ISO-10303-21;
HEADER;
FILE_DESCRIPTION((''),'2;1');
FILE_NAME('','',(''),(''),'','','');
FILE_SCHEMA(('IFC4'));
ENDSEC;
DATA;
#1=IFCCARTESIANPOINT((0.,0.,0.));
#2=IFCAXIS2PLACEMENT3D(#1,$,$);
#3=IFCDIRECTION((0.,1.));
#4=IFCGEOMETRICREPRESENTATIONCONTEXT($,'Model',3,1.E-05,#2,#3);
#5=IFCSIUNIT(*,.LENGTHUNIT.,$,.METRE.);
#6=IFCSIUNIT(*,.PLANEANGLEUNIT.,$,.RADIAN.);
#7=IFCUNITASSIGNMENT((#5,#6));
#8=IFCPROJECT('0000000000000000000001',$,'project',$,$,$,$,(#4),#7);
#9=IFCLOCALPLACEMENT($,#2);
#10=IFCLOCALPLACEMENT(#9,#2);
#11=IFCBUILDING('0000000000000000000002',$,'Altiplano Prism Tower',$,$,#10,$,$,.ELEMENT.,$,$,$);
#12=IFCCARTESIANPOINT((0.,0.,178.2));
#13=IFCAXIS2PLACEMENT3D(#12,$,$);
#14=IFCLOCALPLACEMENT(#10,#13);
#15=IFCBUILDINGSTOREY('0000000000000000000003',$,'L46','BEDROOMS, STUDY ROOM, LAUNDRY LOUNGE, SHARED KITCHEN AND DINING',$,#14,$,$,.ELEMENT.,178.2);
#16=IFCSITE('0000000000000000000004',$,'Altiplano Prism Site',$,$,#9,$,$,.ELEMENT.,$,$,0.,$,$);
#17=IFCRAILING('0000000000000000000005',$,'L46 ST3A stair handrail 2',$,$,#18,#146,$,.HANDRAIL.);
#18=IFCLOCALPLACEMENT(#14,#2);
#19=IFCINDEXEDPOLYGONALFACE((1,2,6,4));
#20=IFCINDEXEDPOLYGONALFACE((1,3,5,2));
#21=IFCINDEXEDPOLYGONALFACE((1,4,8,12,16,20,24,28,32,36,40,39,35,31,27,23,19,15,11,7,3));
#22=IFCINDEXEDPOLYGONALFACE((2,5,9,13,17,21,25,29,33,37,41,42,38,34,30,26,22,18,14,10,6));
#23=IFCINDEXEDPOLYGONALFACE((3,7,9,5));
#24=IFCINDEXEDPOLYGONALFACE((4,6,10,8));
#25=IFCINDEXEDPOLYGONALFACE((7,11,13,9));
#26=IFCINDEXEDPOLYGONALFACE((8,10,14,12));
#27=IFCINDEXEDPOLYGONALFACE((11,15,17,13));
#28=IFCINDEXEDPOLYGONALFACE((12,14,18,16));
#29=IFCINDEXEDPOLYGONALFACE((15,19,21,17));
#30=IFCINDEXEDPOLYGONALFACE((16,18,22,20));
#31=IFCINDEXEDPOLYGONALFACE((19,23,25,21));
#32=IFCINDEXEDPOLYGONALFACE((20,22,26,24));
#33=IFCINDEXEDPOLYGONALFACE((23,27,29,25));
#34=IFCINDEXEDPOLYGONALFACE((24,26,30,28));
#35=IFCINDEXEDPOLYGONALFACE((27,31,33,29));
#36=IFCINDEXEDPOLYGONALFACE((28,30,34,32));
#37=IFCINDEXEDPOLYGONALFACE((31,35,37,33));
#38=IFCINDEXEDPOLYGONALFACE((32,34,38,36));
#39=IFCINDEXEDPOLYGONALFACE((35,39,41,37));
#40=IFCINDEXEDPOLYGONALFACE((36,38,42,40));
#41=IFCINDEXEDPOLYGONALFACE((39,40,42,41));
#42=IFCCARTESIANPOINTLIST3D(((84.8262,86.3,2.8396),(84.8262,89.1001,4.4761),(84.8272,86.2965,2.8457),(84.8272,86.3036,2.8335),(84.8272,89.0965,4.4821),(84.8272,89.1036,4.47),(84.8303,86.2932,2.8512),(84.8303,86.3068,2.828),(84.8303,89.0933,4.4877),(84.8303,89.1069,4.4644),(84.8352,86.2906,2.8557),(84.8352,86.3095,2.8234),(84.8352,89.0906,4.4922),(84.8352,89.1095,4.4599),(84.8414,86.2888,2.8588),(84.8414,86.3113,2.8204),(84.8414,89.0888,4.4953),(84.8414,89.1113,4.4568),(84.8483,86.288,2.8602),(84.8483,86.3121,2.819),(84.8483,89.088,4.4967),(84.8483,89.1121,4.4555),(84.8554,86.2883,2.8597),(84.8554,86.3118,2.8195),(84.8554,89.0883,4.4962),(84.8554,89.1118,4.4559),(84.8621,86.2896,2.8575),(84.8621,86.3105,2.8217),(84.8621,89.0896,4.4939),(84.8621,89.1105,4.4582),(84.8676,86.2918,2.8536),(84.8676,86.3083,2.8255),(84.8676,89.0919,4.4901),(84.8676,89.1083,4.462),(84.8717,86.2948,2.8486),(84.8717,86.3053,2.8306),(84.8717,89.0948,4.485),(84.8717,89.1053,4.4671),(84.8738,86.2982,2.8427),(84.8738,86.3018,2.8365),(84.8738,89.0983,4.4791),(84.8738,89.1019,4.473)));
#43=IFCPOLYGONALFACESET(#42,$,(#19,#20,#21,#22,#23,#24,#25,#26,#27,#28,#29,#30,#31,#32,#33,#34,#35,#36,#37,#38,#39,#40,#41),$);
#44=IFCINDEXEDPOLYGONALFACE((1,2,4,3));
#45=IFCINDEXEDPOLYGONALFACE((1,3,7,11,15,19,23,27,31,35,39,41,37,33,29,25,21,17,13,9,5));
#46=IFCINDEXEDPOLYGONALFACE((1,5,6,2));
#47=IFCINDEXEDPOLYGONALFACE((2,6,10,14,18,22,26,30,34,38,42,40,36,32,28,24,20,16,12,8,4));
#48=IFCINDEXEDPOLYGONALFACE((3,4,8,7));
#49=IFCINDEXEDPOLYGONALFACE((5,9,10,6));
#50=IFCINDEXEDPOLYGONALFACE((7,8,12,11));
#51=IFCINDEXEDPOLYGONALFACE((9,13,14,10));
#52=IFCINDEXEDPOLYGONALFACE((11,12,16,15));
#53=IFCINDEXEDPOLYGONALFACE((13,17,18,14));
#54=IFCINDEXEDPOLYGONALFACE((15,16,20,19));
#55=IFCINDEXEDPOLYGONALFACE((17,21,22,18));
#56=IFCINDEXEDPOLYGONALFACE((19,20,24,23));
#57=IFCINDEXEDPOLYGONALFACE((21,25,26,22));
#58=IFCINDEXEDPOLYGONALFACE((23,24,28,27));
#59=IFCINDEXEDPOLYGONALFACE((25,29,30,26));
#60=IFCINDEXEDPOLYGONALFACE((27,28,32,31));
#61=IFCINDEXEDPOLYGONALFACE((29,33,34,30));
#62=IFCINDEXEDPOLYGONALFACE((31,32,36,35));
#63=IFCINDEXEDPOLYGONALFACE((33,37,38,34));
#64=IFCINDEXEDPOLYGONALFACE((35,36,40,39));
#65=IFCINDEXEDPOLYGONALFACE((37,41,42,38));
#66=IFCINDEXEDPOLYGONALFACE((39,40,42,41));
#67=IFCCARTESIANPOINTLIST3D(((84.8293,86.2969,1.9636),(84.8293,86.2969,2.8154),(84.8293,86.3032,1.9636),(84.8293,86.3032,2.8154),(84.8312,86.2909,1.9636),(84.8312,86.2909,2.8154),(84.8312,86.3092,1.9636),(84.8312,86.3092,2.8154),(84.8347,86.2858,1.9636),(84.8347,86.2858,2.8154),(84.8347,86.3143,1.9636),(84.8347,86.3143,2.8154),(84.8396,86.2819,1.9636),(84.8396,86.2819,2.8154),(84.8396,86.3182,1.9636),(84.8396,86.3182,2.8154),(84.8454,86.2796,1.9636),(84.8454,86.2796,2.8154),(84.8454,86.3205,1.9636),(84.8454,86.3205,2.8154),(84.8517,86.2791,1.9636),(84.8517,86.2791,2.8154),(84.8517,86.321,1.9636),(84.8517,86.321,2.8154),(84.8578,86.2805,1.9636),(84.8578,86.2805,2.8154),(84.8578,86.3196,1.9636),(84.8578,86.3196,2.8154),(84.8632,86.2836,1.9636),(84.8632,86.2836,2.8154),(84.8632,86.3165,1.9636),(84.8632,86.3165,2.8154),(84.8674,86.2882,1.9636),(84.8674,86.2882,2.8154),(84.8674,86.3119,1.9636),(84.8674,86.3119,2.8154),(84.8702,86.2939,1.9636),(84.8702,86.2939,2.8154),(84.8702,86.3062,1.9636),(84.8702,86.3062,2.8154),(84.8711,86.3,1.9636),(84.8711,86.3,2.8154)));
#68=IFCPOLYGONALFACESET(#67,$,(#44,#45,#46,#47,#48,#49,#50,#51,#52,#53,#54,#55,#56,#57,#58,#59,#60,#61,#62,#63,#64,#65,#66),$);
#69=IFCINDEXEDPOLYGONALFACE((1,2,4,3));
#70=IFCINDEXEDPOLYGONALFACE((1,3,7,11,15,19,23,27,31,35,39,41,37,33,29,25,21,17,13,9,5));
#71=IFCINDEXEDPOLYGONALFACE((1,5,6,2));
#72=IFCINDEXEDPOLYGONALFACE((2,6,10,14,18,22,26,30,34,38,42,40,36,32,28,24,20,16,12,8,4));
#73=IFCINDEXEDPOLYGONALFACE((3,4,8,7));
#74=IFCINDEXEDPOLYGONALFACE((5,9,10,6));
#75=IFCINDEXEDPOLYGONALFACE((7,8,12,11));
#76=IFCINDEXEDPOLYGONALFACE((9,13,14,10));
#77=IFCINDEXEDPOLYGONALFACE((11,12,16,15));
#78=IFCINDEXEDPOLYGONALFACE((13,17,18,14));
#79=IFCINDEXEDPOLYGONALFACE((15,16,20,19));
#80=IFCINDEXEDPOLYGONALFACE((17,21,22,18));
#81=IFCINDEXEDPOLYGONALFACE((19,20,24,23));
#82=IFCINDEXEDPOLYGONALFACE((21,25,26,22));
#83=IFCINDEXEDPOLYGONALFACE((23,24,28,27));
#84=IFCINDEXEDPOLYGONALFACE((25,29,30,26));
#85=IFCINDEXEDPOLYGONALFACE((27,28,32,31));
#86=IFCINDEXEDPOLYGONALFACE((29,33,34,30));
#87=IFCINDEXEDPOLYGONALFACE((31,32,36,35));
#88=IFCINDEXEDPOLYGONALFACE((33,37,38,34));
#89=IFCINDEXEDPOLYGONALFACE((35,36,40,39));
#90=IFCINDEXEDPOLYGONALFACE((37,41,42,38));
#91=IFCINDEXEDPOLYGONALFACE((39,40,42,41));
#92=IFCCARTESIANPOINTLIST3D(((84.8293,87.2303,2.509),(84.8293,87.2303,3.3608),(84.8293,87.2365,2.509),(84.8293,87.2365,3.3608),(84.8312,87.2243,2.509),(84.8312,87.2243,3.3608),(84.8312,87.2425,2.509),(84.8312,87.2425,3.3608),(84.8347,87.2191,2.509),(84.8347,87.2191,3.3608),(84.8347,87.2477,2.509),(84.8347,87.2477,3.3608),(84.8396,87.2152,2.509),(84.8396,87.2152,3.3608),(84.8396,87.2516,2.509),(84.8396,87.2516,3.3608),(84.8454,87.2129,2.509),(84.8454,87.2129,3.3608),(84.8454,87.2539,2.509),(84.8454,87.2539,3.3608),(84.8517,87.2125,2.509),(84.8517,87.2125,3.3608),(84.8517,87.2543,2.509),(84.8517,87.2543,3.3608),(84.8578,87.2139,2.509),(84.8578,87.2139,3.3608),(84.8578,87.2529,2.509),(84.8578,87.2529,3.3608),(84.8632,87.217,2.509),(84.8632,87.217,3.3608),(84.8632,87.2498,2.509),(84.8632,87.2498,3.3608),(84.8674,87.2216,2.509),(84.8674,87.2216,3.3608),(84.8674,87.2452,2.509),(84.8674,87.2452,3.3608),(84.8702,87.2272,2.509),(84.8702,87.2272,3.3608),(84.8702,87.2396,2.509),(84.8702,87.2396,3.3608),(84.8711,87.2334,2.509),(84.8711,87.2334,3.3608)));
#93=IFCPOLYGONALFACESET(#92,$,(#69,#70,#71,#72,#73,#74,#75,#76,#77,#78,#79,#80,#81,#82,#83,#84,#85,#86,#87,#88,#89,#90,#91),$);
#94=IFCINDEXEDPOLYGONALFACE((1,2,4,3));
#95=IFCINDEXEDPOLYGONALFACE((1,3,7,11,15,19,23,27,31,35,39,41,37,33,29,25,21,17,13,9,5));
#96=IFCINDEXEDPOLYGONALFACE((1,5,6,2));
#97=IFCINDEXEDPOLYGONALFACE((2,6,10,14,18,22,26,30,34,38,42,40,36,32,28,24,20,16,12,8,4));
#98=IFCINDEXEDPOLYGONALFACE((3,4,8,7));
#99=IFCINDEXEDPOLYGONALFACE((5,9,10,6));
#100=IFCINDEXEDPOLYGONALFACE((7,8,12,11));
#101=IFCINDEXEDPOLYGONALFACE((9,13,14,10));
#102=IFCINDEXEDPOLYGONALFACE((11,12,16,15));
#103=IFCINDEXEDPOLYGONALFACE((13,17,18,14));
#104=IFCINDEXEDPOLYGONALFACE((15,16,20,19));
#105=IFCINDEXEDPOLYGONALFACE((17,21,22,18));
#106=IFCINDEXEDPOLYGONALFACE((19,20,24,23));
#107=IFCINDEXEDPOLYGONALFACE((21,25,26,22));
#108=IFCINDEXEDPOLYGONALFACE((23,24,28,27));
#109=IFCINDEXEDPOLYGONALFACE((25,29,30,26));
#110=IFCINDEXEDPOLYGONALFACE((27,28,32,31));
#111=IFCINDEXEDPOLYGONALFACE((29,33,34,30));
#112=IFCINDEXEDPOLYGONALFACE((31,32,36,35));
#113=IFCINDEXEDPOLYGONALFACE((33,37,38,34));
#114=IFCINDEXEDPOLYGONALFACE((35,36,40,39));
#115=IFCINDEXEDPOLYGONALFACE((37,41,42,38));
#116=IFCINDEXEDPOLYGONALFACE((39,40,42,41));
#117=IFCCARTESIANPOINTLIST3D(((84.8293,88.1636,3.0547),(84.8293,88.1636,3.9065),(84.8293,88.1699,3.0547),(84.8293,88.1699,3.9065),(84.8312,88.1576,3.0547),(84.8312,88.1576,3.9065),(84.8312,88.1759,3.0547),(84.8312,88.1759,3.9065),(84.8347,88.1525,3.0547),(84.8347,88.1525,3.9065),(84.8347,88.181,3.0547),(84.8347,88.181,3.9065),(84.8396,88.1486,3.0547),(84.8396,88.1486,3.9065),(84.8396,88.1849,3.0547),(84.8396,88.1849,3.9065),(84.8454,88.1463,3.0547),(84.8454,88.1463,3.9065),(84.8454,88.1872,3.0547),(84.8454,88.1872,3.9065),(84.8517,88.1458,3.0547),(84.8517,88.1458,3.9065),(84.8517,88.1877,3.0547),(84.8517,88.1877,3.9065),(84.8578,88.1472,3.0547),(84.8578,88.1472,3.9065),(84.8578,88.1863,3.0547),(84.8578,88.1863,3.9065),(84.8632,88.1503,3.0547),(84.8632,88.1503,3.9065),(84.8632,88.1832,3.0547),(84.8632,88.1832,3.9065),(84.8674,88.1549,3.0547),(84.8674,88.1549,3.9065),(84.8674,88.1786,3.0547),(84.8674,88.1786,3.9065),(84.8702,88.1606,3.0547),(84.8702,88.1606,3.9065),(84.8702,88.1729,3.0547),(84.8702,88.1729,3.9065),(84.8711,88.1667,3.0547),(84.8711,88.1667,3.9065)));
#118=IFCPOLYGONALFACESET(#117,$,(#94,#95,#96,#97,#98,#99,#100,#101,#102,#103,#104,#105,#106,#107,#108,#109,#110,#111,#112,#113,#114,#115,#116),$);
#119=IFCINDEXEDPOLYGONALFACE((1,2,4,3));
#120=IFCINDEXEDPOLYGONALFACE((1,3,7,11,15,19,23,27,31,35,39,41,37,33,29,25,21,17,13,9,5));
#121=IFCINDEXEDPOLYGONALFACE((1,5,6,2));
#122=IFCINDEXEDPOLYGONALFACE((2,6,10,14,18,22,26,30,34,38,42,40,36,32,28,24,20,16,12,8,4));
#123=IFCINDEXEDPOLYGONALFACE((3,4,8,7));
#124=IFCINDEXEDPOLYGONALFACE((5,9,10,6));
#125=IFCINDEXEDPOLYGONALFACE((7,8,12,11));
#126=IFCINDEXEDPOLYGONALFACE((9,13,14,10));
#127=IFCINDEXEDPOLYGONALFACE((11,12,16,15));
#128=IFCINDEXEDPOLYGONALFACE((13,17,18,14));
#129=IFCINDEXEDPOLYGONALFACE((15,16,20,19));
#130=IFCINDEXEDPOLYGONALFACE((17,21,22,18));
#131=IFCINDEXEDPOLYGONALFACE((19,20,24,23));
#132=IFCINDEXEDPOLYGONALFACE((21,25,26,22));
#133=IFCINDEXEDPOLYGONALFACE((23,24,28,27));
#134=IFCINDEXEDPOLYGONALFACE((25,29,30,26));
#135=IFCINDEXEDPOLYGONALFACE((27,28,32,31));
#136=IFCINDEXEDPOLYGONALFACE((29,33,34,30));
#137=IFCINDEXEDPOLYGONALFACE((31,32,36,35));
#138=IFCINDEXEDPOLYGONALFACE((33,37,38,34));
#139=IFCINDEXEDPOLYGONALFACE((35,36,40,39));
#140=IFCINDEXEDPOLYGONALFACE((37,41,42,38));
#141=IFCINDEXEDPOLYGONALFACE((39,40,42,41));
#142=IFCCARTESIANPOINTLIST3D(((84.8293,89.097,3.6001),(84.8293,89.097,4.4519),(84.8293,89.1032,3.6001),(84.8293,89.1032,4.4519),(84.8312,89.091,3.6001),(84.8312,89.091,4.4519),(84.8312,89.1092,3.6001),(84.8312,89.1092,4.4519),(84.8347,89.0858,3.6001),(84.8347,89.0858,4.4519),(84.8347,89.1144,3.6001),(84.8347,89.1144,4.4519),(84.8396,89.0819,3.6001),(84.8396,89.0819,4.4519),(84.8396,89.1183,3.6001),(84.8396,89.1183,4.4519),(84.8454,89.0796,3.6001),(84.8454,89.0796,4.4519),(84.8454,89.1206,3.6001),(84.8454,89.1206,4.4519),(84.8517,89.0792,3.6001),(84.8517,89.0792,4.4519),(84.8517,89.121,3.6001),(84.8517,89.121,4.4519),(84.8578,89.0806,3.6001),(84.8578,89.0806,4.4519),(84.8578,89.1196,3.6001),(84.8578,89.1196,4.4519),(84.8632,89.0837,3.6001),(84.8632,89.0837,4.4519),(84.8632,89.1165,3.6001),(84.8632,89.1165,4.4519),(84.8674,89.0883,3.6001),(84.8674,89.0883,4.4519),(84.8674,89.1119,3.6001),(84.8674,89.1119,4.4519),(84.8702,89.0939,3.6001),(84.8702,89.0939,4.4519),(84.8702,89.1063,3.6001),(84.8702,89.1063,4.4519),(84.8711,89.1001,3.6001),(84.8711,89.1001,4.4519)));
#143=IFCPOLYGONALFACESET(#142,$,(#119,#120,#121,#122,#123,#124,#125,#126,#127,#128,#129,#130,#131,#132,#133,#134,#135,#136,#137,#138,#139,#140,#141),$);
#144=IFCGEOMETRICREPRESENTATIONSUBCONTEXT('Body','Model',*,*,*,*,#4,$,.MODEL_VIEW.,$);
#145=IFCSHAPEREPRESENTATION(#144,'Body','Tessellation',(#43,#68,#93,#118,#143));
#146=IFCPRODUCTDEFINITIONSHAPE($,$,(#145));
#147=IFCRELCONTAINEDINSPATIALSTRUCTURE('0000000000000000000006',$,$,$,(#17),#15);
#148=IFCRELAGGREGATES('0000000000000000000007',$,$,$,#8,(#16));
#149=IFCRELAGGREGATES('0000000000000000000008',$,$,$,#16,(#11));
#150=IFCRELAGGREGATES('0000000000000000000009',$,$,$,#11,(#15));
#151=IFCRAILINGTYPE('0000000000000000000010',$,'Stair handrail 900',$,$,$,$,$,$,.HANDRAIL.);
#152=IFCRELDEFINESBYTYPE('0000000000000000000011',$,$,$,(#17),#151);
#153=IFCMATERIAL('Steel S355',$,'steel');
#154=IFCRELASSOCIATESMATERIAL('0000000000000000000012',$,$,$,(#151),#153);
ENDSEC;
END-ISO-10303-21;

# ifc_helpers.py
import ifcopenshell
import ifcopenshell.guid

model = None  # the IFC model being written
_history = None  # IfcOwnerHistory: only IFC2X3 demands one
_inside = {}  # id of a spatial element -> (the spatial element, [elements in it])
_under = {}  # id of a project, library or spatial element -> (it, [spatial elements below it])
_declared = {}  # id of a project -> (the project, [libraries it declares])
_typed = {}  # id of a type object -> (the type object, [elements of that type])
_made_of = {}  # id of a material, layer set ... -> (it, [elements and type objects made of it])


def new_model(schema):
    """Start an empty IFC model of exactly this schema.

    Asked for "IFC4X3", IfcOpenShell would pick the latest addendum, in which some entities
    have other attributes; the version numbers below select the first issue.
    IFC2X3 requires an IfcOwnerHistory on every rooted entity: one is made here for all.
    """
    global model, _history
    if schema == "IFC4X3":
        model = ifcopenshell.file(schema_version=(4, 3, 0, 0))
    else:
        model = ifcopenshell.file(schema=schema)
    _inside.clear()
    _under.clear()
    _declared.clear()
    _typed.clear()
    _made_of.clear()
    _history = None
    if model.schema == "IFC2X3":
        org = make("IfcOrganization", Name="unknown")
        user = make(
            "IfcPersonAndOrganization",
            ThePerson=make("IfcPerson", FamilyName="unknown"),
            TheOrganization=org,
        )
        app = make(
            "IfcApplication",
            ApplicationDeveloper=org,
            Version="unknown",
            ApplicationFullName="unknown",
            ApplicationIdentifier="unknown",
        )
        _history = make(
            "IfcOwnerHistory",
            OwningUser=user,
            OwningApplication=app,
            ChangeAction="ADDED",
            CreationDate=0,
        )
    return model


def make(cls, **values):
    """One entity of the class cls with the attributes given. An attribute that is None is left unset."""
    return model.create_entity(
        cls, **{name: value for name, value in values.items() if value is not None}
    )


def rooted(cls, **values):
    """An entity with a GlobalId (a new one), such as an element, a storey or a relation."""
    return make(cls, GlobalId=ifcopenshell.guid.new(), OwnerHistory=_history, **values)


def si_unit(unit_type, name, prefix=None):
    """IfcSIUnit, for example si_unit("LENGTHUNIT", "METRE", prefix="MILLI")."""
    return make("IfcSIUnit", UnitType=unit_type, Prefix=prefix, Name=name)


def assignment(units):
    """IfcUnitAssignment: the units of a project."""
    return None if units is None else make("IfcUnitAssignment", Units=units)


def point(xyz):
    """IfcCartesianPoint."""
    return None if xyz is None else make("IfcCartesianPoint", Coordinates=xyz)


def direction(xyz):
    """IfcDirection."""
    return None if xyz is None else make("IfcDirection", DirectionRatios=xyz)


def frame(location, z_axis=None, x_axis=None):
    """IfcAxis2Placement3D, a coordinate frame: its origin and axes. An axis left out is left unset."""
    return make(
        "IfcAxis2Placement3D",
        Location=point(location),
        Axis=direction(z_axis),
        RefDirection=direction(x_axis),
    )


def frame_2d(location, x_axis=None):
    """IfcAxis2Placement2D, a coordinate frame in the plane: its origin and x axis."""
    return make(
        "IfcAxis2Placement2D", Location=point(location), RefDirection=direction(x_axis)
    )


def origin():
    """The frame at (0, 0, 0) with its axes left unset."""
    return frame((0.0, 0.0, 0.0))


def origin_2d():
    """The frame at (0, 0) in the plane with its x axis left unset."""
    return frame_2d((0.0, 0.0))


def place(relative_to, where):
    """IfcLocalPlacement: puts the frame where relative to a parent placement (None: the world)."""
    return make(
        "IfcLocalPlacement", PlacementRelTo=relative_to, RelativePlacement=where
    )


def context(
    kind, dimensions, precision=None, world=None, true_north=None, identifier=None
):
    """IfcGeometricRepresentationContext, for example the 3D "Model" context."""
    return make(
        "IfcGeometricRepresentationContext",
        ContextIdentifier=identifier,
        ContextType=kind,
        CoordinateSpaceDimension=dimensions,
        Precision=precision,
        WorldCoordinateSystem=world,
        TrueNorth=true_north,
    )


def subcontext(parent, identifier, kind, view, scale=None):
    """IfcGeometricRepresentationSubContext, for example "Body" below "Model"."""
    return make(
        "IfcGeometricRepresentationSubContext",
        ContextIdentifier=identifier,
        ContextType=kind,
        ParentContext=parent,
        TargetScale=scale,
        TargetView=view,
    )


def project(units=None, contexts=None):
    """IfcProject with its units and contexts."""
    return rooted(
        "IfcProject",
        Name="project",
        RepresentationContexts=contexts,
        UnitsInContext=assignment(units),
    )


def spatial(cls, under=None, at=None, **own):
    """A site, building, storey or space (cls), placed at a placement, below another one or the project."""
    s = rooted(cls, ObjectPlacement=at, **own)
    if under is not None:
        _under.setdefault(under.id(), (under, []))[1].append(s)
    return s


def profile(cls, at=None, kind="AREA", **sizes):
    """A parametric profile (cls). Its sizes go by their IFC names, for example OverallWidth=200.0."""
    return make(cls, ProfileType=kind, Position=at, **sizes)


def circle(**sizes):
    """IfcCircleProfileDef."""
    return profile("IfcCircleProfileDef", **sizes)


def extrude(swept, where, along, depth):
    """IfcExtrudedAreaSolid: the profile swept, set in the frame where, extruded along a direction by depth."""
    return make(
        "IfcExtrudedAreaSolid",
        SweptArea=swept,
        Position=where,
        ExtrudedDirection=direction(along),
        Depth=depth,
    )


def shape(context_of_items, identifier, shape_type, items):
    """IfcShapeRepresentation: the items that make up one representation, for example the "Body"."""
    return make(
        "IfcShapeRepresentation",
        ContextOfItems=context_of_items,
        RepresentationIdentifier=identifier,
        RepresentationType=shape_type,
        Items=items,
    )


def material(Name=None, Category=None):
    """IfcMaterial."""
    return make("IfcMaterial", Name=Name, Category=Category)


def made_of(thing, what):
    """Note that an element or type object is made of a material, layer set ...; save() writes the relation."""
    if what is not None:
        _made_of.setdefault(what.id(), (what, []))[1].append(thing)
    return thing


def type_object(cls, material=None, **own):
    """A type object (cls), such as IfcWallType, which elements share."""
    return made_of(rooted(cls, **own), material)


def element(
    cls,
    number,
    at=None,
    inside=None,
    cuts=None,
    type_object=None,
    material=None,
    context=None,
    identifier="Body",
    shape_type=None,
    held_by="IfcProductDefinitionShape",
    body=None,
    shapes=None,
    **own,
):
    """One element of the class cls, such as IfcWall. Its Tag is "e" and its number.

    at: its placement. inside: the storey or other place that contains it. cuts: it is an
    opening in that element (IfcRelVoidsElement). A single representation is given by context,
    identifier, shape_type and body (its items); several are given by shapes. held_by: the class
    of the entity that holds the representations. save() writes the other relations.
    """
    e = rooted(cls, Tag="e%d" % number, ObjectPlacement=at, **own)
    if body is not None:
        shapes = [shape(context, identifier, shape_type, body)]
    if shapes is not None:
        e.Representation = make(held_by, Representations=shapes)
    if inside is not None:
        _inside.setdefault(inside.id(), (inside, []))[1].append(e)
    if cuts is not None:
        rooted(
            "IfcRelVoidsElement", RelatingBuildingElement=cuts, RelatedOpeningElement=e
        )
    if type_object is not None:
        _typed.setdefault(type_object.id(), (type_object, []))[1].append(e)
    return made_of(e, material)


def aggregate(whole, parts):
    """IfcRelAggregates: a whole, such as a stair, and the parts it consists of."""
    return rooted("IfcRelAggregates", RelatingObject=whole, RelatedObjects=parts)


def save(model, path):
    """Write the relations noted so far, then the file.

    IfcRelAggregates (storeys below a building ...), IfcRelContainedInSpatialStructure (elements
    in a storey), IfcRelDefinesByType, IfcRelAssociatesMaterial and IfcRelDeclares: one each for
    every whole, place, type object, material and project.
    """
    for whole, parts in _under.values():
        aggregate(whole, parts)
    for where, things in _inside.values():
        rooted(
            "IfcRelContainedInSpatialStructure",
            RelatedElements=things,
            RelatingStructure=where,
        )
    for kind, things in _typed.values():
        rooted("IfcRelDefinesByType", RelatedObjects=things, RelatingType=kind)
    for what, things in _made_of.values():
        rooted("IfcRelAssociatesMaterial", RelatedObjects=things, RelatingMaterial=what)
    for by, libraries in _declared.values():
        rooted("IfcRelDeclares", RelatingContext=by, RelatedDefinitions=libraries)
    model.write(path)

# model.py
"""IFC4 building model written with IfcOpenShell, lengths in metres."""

from ifc_helpers import new_model, si_unit, direction, frame, origin, origin_2d, place, context, subcontext, project, spatial, circle, extrude, material, type_object, element, save


model = new_model("IFC4")

# Units and contexts
model_context = context("Model", 3, precision=1e-05, world=origin(), true_north=direction((0.0, 1.0)))
body_context = subcontext(model_context, "Body", "Model", "MODEL_VIEW")
ifc_project = project(units=[si_unit("LENGTHUNIT", "METRE"), si_unit("PLANEANGLEUNIT", "RADIAN")], contexts=[model_context])

# Site, building, storey
site_placement = place(None, origin())
site = spatial("IfcSite", under=ifc_project, at=site_placement, Name="Altiplano Prism Site", CompositionType="ELEMENT", RefElevation=0.0)
building_placement = place(site_placement, origin())
building = spatial("IfcBuilding", under=site, at=building_placement, Name="Altiplano Prism Tower", CompositionType="ELEMENT")
storey_placement = place(building_placement, frame((0.0, 0.0, 178.2)))
storey = spatial("IfcBuildingStorey", under=building, at=storey_placement, Name="L46", Description="BEDROOMS, STUDY ROOM, LAUNDRY LOUNGE, SHARED KITCHEN AND DINING", CompositionType="ELEMENT", Elevation=178.2)

# Railing
ifc_material_1 = material(Name="Steel S355", Category="steel")
railing_type = type_object("IfcRailingType", Name="Stair handrail 900", PredefinedType="HANDRAIL", material=ifc_material_1)
for number, where, name in (
    (1, (84.8501, 86.3, 1.9636), "L46 ST3A stair handrail 2"),
):
    element("IfcRailing", number, at=place(storey_placement, frame(where)), inside=storey, type_object=railing_type, Name=name, PredefinedType="HANDRAIL", context=body_context, shape_type="SweptSolid", body=[
        extrude(circle(Radius=0.0239, at=origin_2d()), frame((0.0, 0.0, 0.876), z_axis=(0.0, 0.863361, 0.504587), x_axis=(-1.0, 0.0, 0.0)), (0.0, 0.0, 1.0), 3.2432),
        extrude(circle(Radius=0.021, at=origin_2d()), origin(), (0.0, 0.0, 1.0), 0.8518),
        extrude(circle(Radius=0.021, at=origin_2d()), frame((0.0, 0.9333, 0.5454)), (0.0, 0.0, 1.0), 0.8518),
        extrude(circle(Radius=0.021, at=origin_2d()), frame((0.0, 1.8667, 1.0911)), (0.0, 0.0, 1.0), 0.8518),
        extrude(circle(Radius=0.021, at=origin_2d()), frame((0.0, 2.8, 1.6365)), (0.0, 0.0, 1.0), 0.8518),
    ])

save(model, "model.ifc")
